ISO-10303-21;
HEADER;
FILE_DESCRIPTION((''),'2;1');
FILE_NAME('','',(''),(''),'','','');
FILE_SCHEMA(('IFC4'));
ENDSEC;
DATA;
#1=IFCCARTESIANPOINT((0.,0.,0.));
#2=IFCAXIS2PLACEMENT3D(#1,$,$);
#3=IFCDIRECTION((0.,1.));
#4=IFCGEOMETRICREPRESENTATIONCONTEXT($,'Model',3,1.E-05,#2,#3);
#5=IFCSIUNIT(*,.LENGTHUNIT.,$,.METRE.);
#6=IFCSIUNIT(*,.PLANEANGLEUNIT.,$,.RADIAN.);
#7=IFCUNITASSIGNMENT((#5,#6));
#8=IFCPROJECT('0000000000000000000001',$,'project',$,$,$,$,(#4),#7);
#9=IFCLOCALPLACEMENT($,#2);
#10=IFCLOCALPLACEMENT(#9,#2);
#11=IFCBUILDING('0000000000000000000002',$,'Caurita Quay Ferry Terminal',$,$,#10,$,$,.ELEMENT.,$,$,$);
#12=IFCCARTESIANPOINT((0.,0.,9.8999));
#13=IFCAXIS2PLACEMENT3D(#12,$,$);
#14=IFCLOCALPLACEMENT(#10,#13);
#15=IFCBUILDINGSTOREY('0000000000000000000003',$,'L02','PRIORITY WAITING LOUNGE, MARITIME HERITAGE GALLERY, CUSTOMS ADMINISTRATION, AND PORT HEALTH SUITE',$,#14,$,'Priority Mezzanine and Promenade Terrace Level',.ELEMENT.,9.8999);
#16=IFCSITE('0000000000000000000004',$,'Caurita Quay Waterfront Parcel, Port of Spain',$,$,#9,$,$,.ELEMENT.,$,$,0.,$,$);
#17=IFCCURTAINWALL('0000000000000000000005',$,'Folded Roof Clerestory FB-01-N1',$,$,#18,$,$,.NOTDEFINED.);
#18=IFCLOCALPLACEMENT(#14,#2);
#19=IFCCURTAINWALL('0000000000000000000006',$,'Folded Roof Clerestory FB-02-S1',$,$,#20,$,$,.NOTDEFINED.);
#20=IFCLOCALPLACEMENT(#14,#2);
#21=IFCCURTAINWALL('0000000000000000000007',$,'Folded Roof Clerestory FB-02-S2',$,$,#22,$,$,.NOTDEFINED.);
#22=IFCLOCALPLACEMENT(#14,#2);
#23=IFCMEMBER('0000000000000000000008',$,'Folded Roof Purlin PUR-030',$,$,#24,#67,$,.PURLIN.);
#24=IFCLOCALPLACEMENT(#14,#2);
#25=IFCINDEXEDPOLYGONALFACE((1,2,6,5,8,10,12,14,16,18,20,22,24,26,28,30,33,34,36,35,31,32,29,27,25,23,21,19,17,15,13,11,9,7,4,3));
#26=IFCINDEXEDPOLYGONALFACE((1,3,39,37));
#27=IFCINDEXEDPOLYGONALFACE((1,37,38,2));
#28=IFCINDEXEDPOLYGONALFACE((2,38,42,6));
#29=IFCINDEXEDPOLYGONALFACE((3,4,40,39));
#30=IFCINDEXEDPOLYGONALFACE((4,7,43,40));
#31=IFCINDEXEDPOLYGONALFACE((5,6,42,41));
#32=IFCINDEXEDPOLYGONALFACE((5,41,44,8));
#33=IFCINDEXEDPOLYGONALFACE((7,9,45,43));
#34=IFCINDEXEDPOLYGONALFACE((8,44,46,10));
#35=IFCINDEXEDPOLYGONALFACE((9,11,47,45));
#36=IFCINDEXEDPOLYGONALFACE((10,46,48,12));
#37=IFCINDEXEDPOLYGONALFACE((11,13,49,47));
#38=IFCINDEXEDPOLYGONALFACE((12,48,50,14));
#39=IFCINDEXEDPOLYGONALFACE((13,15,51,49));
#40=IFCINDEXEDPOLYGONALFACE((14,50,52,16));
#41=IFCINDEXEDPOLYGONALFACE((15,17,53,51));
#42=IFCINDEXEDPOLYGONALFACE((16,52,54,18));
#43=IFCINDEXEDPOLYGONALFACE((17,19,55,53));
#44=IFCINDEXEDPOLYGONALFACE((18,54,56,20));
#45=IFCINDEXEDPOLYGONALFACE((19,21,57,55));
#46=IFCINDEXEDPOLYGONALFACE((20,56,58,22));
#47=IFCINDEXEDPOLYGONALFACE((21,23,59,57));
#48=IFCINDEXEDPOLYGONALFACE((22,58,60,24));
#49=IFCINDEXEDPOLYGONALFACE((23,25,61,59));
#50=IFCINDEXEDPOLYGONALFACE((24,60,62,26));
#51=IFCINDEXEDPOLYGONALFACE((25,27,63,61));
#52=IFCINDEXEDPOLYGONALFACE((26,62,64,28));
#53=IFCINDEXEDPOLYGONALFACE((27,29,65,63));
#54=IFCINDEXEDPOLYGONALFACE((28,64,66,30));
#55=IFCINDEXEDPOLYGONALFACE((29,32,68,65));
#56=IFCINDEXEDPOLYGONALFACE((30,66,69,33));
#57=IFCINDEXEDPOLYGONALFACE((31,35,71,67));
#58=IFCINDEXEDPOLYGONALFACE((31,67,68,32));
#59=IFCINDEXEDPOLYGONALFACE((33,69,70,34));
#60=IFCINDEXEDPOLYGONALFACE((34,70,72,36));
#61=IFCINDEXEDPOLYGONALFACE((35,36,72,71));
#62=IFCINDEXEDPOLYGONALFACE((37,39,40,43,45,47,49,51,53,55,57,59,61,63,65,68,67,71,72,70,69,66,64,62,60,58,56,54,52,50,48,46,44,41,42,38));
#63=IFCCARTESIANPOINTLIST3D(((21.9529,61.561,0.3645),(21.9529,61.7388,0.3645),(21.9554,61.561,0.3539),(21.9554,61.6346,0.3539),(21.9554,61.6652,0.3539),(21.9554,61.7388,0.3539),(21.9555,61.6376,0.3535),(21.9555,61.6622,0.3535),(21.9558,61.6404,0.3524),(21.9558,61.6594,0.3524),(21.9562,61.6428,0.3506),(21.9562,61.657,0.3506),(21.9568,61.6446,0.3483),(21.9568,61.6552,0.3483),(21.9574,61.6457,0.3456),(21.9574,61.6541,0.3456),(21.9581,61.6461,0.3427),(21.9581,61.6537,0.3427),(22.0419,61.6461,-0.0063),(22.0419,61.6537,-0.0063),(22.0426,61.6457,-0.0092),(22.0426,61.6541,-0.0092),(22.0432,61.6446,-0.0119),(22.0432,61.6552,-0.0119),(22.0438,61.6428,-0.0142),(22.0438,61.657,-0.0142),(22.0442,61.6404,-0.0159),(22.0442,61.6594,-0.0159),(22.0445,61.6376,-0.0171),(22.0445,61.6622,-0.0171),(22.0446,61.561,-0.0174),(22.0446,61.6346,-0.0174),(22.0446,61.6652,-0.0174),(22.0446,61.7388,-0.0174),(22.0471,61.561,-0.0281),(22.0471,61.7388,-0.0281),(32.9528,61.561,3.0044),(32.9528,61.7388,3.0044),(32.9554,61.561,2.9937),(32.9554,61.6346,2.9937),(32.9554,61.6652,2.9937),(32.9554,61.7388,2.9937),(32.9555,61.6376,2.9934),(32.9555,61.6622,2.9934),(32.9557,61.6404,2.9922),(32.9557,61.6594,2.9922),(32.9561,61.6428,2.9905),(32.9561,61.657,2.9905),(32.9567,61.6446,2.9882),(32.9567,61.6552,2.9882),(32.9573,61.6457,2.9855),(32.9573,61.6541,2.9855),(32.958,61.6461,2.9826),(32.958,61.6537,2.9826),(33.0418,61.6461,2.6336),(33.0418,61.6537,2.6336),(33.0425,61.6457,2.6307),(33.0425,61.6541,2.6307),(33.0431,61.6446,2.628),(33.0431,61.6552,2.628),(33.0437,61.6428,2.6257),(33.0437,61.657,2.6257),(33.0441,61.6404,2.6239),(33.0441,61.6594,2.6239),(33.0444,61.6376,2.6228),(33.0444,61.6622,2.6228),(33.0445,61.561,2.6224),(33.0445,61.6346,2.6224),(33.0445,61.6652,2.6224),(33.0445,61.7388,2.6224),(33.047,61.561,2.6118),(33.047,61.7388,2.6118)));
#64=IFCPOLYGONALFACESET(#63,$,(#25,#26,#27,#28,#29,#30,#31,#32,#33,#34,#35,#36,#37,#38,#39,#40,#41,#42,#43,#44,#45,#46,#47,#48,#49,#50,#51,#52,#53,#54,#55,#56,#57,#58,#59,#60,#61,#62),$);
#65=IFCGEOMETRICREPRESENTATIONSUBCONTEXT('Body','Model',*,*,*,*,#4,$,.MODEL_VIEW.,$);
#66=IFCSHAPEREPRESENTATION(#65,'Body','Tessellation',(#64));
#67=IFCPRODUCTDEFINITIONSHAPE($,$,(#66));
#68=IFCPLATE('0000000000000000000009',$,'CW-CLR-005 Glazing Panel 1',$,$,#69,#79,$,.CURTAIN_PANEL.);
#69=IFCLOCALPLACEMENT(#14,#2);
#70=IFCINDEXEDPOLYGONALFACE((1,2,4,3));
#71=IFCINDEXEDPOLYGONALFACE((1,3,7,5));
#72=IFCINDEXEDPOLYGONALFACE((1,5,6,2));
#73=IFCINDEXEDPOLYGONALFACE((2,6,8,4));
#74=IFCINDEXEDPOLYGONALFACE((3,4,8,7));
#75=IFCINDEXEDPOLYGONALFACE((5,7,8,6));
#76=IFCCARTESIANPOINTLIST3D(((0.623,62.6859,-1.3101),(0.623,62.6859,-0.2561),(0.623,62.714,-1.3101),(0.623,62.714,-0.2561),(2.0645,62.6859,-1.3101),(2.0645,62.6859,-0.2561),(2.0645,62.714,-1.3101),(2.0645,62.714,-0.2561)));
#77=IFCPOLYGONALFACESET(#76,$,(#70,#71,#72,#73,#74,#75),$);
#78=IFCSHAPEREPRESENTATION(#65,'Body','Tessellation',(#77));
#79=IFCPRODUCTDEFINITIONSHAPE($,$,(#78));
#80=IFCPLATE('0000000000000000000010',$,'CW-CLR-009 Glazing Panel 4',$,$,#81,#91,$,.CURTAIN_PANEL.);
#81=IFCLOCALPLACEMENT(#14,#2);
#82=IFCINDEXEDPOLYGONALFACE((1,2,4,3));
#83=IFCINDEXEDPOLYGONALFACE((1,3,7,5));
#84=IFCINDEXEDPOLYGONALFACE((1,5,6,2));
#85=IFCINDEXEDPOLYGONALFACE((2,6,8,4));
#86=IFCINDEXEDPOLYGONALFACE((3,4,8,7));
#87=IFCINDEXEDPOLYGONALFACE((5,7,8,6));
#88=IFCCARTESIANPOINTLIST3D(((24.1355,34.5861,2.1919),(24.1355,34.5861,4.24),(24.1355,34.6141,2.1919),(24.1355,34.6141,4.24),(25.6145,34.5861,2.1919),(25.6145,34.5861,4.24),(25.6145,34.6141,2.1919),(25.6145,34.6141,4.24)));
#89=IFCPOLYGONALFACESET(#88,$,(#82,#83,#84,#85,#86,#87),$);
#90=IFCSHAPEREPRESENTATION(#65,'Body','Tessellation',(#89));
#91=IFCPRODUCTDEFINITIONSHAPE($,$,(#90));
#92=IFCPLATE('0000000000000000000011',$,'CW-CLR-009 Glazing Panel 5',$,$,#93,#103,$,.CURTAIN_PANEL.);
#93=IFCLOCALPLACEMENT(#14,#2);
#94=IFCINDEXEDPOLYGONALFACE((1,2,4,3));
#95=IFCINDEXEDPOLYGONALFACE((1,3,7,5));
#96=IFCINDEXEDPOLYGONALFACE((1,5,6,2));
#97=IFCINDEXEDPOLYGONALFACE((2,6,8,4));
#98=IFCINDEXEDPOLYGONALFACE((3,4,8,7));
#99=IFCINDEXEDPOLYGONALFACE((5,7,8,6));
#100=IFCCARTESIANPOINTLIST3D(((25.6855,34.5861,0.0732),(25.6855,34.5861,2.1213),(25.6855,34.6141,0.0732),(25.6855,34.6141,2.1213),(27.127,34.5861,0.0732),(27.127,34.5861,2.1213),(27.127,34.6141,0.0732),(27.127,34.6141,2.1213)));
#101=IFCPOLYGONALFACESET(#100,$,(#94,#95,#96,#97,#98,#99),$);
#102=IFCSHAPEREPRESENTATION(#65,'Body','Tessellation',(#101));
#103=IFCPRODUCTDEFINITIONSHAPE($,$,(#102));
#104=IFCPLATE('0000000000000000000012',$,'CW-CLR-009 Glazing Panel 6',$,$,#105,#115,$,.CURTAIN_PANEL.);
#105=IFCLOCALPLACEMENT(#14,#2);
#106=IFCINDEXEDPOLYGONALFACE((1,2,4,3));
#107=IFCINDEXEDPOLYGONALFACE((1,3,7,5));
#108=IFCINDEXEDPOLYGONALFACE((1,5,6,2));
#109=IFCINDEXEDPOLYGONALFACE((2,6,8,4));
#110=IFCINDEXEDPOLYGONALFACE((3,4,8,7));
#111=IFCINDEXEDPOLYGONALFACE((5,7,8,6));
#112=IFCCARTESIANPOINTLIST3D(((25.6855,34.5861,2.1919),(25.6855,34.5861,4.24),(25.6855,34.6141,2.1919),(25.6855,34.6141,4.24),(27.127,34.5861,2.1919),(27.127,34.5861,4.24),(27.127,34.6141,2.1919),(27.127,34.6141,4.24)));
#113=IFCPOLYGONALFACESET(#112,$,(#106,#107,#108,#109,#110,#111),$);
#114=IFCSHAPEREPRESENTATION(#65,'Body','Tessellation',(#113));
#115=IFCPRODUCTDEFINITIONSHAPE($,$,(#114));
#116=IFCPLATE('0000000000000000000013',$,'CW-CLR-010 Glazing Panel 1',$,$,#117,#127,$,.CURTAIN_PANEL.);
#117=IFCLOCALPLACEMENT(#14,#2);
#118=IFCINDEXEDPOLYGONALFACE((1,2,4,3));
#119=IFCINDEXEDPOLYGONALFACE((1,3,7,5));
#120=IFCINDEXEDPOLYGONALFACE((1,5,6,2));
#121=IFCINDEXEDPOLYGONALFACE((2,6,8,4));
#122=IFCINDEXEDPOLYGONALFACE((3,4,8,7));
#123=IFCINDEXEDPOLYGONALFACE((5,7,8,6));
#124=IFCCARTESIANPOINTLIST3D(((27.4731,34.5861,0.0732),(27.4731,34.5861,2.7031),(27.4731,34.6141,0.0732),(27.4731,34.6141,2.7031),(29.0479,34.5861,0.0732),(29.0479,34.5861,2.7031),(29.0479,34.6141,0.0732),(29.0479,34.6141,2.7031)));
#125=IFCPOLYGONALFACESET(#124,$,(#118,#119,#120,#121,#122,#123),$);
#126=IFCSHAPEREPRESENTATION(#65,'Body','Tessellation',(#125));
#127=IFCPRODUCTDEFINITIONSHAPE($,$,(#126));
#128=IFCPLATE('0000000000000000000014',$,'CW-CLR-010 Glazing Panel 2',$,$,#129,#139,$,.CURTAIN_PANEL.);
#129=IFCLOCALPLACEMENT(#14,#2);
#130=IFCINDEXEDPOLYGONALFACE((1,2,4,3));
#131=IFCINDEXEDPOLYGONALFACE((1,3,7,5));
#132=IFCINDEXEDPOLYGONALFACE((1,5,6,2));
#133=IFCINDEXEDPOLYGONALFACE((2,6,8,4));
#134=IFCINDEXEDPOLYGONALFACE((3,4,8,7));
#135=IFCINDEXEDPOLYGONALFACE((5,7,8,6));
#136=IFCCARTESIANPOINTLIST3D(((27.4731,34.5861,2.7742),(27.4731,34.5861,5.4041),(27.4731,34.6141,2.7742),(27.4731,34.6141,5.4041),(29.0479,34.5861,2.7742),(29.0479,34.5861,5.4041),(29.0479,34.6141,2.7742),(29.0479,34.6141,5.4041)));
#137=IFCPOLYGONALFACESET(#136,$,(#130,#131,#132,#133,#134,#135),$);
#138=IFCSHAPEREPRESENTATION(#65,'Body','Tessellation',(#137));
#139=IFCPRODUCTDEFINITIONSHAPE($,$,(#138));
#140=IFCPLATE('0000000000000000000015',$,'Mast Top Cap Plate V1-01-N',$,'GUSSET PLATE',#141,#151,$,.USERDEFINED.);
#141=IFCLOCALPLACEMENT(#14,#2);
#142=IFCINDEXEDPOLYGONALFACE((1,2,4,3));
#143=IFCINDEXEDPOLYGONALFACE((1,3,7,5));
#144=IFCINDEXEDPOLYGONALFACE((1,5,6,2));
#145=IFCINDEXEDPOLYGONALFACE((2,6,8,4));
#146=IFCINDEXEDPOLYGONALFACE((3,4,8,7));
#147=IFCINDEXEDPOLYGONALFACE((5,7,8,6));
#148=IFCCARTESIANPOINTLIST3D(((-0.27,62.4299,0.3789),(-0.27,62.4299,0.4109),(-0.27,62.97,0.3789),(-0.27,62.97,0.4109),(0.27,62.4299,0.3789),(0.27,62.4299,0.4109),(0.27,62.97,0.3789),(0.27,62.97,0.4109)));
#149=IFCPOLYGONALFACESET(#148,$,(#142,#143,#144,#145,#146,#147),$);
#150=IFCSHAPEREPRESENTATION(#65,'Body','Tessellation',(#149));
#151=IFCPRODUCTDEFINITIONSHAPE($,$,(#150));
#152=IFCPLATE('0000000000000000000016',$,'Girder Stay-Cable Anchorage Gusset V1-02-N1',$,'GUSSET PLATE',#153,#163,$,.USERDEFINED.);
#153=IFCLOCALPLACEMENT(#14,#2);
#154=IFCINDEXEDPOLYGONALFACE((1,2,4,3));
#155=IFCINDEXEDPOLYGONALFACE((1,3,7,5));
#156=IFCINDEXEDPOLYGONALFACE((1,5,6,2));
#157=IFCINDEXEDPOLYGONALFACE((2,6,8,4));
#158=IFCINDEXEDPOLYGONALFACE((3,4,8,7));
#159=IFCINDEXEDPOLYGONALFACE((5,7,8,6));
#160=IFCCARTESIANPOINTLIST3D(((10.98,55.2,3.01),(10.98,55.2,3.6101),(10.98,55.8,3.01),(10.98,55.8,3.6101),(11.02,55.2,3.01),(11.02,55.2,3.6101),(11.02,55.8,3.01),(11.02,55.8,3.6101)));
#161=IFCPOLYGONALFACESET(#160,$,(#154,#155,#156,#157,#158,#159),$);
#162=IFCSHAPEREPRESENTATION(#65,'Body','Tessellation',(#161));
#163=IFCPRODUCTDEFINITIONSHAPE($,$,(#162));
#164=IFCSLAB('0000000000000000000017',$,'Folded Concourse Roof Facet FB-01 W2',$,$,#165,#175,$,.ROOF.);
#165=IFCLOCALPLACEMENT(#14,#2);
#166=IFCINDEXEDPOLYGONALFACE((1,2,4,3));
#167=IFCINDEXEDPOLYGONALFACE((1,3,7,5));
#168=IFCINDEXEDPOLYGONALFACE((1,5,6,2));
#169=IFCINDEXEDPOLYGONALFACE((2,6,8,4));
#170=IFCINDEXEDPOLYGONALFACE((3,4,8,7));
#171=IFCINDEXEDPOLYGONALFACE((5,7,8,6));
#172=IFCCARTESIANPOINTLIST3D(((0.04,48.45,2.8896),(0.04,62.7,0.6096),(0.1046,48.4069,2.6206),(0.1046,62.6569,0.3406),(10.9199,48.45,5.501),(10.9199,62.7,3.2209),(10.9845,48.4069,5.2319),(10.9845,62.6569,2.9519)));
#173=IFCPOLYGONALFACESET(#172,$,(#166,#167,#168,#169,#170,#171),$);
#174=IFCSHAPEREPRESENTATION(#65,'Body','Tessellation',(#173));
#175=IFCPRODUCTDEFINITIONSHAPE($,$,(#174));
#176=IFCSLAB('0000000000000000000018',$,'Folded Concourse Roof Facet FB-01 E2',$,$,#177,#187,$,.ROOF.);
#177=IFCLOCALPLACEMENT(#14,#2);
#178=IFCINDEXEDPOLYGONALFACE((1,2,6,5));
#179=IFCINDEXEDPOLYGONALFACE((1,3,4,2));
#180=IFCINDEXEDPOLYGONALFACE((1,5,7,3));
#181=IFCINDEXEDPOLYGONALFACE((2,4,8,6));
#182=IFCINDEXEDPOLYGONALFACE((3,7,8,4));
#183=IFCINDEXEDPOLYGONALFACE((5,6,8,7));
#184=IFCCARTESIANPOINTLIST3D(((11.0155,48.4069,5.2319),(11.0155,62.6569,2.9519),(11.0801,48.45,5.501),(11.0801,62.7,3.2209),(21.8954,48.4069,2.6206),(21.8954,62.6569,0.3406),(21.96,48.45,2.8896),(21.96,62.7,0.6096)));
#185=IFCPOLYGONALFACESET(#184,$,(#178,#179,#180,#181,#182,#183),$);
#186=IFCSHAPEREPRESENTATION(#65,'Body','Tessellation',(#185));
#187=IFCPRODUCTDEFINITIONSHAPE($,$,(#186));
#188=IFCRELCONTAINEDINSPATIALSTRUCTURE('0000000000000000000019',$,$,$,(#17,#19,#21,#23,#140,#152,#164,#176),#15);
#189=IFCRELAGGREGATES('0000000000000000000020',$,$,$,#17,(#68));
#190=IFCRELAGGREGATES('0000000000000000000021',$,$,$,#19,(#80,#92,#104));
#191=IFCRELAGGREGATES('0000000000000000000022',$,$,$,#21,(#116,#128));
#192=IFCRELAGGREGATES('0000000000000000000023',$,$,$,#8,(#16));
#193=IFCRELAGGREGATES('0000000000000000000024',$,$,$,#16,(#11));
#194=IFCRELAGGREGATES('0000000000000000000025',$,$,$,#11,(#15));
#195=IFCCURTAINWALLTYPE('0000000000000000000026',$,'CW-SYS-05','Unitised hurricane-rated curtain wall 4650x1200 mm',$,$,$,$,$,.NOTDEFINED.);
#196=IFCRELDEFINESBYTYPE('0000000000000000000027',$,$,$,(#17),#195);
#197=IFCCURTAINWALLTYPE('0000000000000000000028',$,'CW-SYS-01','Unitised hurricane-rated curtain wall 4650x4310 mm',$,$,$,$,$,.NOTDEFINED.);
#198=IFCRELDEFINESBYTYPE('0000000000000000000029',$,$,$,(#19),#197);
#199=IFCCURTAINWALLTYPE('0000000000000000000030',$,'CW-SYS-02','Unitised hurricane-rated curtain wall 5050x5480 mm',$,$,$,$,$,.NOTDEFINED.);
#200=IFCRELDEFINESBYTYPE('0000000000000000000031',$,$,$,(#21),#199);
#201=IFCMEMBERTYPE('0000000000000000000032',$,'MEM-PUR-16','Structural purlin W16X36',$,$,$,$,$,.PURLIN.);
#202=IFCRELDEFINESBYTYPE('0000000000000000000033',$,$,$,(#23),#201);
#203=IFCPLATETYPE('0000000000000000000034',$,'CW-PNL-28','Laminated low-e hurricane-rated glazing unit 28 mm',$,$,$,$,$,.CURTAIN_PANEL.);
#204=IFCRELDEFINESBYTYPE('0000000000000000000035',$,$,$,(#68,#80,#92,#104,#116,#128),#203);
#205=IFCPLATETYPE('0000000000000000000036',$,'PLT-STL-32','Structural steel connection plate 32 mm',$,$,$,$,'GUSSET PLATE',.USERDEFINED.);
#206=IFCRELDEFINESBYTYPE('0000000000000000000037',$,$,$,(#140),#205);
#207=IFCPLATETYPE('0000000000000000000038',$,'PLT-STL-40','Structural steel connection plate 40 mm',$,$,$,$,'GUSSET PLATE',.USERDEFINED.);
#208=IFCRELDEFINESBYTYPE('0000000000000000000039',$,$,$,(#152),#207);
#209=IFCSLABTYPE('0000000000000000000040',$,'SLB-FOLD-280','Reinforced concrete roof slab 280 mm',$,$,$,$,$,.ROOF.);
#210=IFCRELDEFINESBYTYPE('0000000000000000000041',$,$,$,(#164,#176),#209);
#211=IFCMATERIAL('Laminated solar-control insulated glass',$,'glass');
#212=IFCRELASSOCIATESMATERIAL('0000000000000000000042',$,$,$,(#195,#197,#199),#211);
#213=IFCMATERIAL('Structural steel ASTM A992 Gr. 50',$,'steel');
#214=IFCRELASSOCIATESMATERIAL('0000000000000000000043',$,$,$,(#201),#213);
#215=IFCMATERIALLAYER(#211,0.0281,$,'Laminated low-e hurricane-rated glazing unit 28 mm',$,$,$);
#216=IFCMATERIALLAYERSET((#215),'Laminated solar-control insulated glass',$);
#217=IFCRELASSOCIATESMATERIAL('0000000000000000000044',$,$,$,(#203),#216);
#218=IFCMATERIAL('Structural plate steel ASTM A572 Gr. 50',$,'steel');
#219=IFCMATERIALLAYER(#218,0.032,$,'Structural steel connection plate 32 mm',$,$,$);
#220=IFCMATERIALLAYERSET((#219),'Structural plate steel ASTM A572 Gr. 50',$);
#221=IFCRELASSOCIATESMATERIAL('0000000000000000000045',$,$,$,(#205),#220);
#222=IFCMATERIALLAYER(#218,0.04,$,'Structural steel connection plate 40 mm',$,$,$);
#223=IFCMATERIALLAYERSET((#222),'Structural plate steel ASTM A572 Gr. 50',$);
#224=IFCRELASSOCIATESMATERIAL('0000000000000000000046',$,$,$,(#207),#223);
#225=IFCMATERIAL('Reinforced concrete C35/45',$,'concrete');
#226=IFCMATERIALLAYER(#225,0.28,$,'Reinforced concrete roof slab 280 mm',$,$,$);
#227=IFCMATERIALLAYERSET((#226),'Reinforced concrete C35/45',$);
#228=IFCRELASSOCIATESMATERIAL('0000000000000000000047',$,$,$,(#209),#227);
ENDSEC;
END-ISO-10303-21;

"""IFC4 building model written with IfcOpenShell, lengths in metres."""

from ifc_helpers import new_model, si_unit, direction, frame, origin, origin_2d, place, context, subcontext, project, spatial, polyline, rectangle, i_section, outline, extrude, material, layer, layer_set, material_profile, profile_set, type_object, element, aggregate, save


model = new_model("IFC4")

# Units and contexts
model_context = context("Model", 3, precision=1e-05, world=origin(), true_north=direction((0.0, 1.0)))
body_context = subcontext(model_context, "Body", "Model", "MODEL_VIEW")
ifc_project = project(units=[si_unit("LENGTHUNIT", "METRE"), si_unit("PLANEANGLEUNIT", "RADIAN")], contexts=[model_context])

# Site, building, storey
site_placement = place(None, origin())
site = spatial("IfcSite", under=ifc_project, at=site_placement, Name="Caurita Quay Waterfront Parcel, Port of Spain", CompositionType="ELEMENT", RefElevation=0.0)
building_placement = place(site_placement, origin())
building = spatial("IfcBuilding", under=site, at=building_placement, Name="Caurita Quay Ferry Terminal", CompositionType="ELEMENT")
storey_placement = place(building_placement, frame((0.0, 0.0, 9.8999)))
storey = spatial("IfcBuildingStorey", under=building, at=storey_placement, Name="L02", Description="PRIORITY WAITING LOUNGE, MARITIME HERITAGE GALLERY, CUSTOMS ADMINISTRATION, AND PORT HEALTH SUITE", LongName="Priority Mezzanine and Promenade Terrace Level", CompositionType="ELEMENT", Elevation=9.8999)

# Shared definitions
ifc_material_1 = material(Name="Structural steel ASTM A992 Gr. 50", Category="steel")

# Curtain wall
ifc_material_2 = material(Name="Laminated solar-control insulated glass", Category="glass")
curtain_wall_type_1 = type_object("IfcCurtainWallType", Name="CW-SYS-05", Description="Unitised hurricane-rated curtain wall 4650x1200 mm", PredefinedType="NOTDEFINED", material=ifc_material_2)
curtain_wall_1_placement = place(storey_placement, origin())
curtain_wall_1 = element("IfcCurtainWall", 1, at=curtain_wall_1_placement, inside=storey, type_object=curtain_wall_type_1, Name="Folded Roof Clerestory FB-01-N1", PredefinedType="NOTDEFINED")

# Curtain wall
curtain_wall_type_2 = type_object("IfcCurtainWallType", Name="CW-SYS-01", Description="Unitised hurricane-rated curtain wall 4650x4310 mm", PredefinedType="NOTDEFINED", material=ifc_material_2)
curtain_wall_2_placement = place(storey_placement, origin())
curtain_wall_2 = element("IfcCurtainWall", 2, at=curtain_wall_2_placement, inside=storey, type_object=curtain_wall_type_2, Name="Folded Roof Clerestory FB-02-S1", PredefinedType="NOTDEFINED")

# Curtain wall
curtain_wall_type_3 = type_object("IfcCurtainWallType", Name="CW-SYS-02", Description="Unitised hurricane-rated curtain wall 5050x5480 mm", PredefinedType="NOTDEFINED", material=ifc_material_2)
curtain_wall_3_placement = place(storey_placement, origin())
curtain_wall_3 = element("IfcCurtainWall", 3, at=curtain_wall_3_placement, inside=storey, type_object=curtain_wall_type_3, Name="Folded Roof Clerestory FB-02-S2", PredefinedType="NOTDEFINED")

# Member
ifc_material_profile_1 = material_profile(ifc_material_1, i_section(OverallWidth=0.1777, OverallDepth=0.4038, WebThickness=0.0076, FlangeThickness=0.011, FilletRadius=0.0115, at=origin_2d()), Name="W16X36")
ifc_profile_set_1 = profile_set([ifc_material_profile_1], Name="Structural steel ASTM A992 Gr. 50")
member_type_1 = type_object("IfcMemberType", Name="MEM-PUR-16", Description="Structural purlin W16X36", PredefinedType="PURLIN", material=ifc_profile_set_1)
member_1_placement = place(storey_placement, frame((22.0, 61.6499, 0.1682), z_axis=(0.972389, 0.0, 0.233364), x_axis=(0.0, 1.0, 0.0)))
element("IfcMember", 4, at=member_1_placement, inside=storey, type_object=member_type_1, Name="Folded Roof Purlin PUR-030", PredefinedType="PURLIN", context=body_context, shape_type="SweptSolid", body=[
    extrude(i_section(OverallWidth=0.1777, OverallDepth=0.4038, WebThickness=0.0076, FlangeThickness=0.011, FilletRadius=0.0115, at=origin_2d()), origin(), (0.0, 0.0, 1.0), 11.3123),
])

# Plates
ifc_layer_1 = layer(ifc_material_2, 0.0281, Name="Laminated low-e hurricane-rated glazing unit 28 mm")
ifc_layer_set_1 = layer_set([ifc_layer_1], Name="Laminated solar-control insulated glass")
plate_type_1 = type_object("IfcPlateType", Name="CW-PNL-28", Description="Laminated low-e hurricane-rated glazing unit 28 mm", PredefinedType="CURTAIN_PANEL", material=ifc_layer_set_1)
plate_1_placement = place(storey_placement, frame((1.3438, 62.7, -1.3101), z_axis=(0.0, 0.0, 1.0), x_axis=(1.0, 0.0, 0.0)))
plate_1 = element("IfcPlate", 5, at=plate_1_placement, type_object=plate_type_1, Name="CW-CLR-005 Glazing Panel 1", PredefinedType="CURTAIN_PANEL", context=body_context, shape_type="SweptSolid", body=[
    extrude(rectangle(XDim=1.4414, YDim=0.0281, at=origin_2d()), origin(), (0.0, 0.0, 1.0), 1.054),
])
aggregate(curtain_wall_1, [plate_1])
plate_2_placement = place(storey_placement, frame((24.875, 34.6001, 2.1919), z_axis=(0.0, 0.0, 1.0), x_axis=(1.0, 0.0, 0.0)))
plate_2 = element("IfcPlate", 6, at=plate_2_placement, type_object=plate_type_1, Name="CW-CLR-009 Glazing Panel 4", PredefinedType="CURTAIN_PANEL", context=body_context, shape_type="SweptSolid", body=[
    extrude(rectangle(XDim=1.479, YDim=0.0281, at=origin_2d()), origin(), (0.0, 0.0, 1.0), 2.0481),
])
plate_3_placement = place(storey_placement, frame((26.4062, 34.6001, 0.0732), z_axis=(0.0, 0.0, 1.0), x_axis=(1.0, 0.0, 0.0)))
plate_3 = element("IfcPlate", 7, at=plate_3_placement, type_object=plate_type_1, Name="CW-CLR-009 Glazing Panel 5", PredefinedType="CURTAIN_PANEL", context=body_context, shape_type="SweptSolid", body=[
    extrude(rectangle(XDim=1.4414, YDim=0.0281, at=origin_2d()), origin(), (0.0, 0.0, 1.0), 2.0481),
])
plate_4_placement = place(storey_placement, frame((26.4062, 34.6001, 2.1919), z_axis=(0.0, 0.0, 1.0), x_axis=(1.0, 0.0, 0.0)))
plate_4 = element("IfcPlate", 8, at=plate_4_placement, type_object=plate_type_1, Name="CW-CLR-009 Glazing Panel 6", PredefinedType="CURTAIN_PANEL", context=body_context, shape_type="SweptSolid", body=[
    extrude(rectangle(XDim=1.4414, YDim=0.0281, at=origin_2d()), origin(), (0.0, 0.0, 1.0), 2.0481),
])
aggregate(curtain_wall_2, [plate_2, plate_3, plate_4])
plate_5_placement = place(storey_placement, frame((28.2605, 34.6001, 0.0732), z_axis=(0.0, 0.0, 1.0), x_axis=(1.0, 0.0, 0.0)))
plate_5 = element("IfcPlate", 9, at=plate_5_placement, type_object=plate_type_1, Name="CW-CLR-010 Glazing Panel 1", PredefinedType="CURTAIN_PANEL", context=body_context, shape_type="SweptSolid", body=[
    extrude(rectangle(XDim=1.5747, YDim=0.0281, at=origin_2d()), origin(), (0.0, 0.0, 1.0), 2.6299),
])
plate_6_placement = place(storey_placement, frame((28.2605, 34.6001, 2.7742), z_axis=(0.0, 0.0, 1.0), x_axis=(1.0, 0.0, 0.0)))
plate_6 = element("IfcPlate", 10, at=plate_6_placement, type_object=plate_type_1, Name="CW-CLR-010 Glazing Panel 2", PredefinedType="CURTAIN_PANEL", context=body_context, shape_type="SweptSolid", body=[
    extrude(rectangle(XDim=1.5747, YDim=0.0281, at=origin_2d()), origin(), (0.0, 0.0, 1.0), 2.6299),
])
aggregate(curtain_wall_3, [plate_5, plate_6])

# Plates
ifc_material_3 = material(Name="Structural plate steel ASTM A572 Gr. 50", Category="steel")
ifc_layer_2 = layer(ifc_material_3, 0.032, Name="Structural steel connection plate 32 mm")
ifc_layer_set_2 = layer_set([ifc_layer_2], Name="Structural plate steel ASTM A572 Gr. 50")
plate_type_2 = type_object("IfcPlateType", Name="PLT-STL-32", Description="Structural steel connection plate 32 mm", ElementType="GUSSET PLATE", PredefinedType="USERDEFINED", material=ifc_layer_set_2)
plate_7_placement = place(storey_placement, frame((0.0, 62.7, 0.3789), z_axis=(0.0, 0.0, 1.0), x_axis=(1.0, 0.0, 0.0)))
element("IfcPlate", 11, at=plate_7_placement, inside=storey, type_object=plate_type_2, Name="Mast Top Cap Plate V1-01-N", ObjectType="GUSSET PLATE", PredefinedType="USERDEFINED", context=body_context, shape_type="SweptSolid", body=[
    extrude(rectangle(XDim=0.54, YDim=0.54, at=origin_2d()), origin(), (0.0, 0.0, 1.0), 0.032),
])
ifc_layer_3 = layer(ifc_material_3, 0.04, Name="Structural steel connection plate 40 mm")
ifc_layer_set_3 = layer_set([ifc_layer_3], Name="Structural plate steel ASTM A572 Gr. 50")
plate_type_3 = type_object("IfcPlateType", Name="PLT-STL-40", Description="Structural steel connection plate 40 mm", ElementType="GUSSET PLATE", PredefinedType="USERDEFINED", material=ifc_layer_set_3)
plate_8_placement = place(storey_placement, frame((11.0, 55.5, 3.01), z_axis=(0.0, 0.0, 1.0), x_axis=(1.0, 0.0, 0.0)))
element("IfcPlate", 12, at=plate_8_placement, inside=storey, type_object=plate_type_3, Name="Girder Stay-Cable Anchorage Gusset V1-02-N1", ObjectType="GUSSET PLATE", PredefinedType="USERDEFINED", context=body_context, shape_type="SweptSolid", body=[
    extrude(rectangle(XDim=0.04, YDim=0.6001, at=origin_2d()), origin(), (0.0, 0.0, 1.0), 0.6001),
])

# Slabs
ifc_material_4 = material(Name="Reinforced concrete C35/45", Category="concrete")
ifc_layer_4 = layer(ifc_material_4, 0.28, Name="Reinforced concrete roof slab 280 mm")
ifc_layer_set_4 = layer_set([ifc_layer_4], Name="Reinforced concrete C35/45")
slab_type = type_object("IfcSlabType", Name="SLB-FOLD-280", Description="Reinforced concrete roof slab 280 mm", PredefinedType="ROOF", material=ifc_layer_set_4)
slab_1_placement = place(storey_placement, frame((0.04, 48.45, 2.8896), z_axis=(-0.230612, 0.153734, 0.960825), x_axis=(0.972384, 0.0, 0.233386)))
element("IfcSlab", 13, at=slab_1_placement, inside=storey, type_object=slab_type, Name="Folded Concourse Roof Facet FB-01 W2", PredefinedType="ROOF", context=body_context, shape_type="SweptSolid", body=[
    extrude(outline(polyline([(0.0, 0.0), (11.1889, 0.0), (10.6567, 14.4214), (-0.5321, 14.4214), (0.0, 0.0)])), origin(), (0.0, 0.0, -1.0), 0.28),
])
slab_2_placement = place(storey_placement, frame((11.0801, 48.45, 5.501), z_axis=(0.230612, 0.153734, 0.960825), x_axis=(0.972384, 0.0, -0.233386)))
element("IfcSlab", 14, at=slab_2_placement, inside=storey, type_object=slab_type, Name="Folded Concourse Roof Facet FB-01 E2", PredefinedType="ROOF", context=body_context, shape_type="SweptSolid", body=[
    extrude(outline(polyline([(0.0, 0.0), (11.1889, 0.0), (11.721, 14.4214), (0.5321, 14.4214), (0.0, 0.0)])), origin(), (0.0, 0.0, -1.0), 0.28),
])

save(model, "model.ifc")
